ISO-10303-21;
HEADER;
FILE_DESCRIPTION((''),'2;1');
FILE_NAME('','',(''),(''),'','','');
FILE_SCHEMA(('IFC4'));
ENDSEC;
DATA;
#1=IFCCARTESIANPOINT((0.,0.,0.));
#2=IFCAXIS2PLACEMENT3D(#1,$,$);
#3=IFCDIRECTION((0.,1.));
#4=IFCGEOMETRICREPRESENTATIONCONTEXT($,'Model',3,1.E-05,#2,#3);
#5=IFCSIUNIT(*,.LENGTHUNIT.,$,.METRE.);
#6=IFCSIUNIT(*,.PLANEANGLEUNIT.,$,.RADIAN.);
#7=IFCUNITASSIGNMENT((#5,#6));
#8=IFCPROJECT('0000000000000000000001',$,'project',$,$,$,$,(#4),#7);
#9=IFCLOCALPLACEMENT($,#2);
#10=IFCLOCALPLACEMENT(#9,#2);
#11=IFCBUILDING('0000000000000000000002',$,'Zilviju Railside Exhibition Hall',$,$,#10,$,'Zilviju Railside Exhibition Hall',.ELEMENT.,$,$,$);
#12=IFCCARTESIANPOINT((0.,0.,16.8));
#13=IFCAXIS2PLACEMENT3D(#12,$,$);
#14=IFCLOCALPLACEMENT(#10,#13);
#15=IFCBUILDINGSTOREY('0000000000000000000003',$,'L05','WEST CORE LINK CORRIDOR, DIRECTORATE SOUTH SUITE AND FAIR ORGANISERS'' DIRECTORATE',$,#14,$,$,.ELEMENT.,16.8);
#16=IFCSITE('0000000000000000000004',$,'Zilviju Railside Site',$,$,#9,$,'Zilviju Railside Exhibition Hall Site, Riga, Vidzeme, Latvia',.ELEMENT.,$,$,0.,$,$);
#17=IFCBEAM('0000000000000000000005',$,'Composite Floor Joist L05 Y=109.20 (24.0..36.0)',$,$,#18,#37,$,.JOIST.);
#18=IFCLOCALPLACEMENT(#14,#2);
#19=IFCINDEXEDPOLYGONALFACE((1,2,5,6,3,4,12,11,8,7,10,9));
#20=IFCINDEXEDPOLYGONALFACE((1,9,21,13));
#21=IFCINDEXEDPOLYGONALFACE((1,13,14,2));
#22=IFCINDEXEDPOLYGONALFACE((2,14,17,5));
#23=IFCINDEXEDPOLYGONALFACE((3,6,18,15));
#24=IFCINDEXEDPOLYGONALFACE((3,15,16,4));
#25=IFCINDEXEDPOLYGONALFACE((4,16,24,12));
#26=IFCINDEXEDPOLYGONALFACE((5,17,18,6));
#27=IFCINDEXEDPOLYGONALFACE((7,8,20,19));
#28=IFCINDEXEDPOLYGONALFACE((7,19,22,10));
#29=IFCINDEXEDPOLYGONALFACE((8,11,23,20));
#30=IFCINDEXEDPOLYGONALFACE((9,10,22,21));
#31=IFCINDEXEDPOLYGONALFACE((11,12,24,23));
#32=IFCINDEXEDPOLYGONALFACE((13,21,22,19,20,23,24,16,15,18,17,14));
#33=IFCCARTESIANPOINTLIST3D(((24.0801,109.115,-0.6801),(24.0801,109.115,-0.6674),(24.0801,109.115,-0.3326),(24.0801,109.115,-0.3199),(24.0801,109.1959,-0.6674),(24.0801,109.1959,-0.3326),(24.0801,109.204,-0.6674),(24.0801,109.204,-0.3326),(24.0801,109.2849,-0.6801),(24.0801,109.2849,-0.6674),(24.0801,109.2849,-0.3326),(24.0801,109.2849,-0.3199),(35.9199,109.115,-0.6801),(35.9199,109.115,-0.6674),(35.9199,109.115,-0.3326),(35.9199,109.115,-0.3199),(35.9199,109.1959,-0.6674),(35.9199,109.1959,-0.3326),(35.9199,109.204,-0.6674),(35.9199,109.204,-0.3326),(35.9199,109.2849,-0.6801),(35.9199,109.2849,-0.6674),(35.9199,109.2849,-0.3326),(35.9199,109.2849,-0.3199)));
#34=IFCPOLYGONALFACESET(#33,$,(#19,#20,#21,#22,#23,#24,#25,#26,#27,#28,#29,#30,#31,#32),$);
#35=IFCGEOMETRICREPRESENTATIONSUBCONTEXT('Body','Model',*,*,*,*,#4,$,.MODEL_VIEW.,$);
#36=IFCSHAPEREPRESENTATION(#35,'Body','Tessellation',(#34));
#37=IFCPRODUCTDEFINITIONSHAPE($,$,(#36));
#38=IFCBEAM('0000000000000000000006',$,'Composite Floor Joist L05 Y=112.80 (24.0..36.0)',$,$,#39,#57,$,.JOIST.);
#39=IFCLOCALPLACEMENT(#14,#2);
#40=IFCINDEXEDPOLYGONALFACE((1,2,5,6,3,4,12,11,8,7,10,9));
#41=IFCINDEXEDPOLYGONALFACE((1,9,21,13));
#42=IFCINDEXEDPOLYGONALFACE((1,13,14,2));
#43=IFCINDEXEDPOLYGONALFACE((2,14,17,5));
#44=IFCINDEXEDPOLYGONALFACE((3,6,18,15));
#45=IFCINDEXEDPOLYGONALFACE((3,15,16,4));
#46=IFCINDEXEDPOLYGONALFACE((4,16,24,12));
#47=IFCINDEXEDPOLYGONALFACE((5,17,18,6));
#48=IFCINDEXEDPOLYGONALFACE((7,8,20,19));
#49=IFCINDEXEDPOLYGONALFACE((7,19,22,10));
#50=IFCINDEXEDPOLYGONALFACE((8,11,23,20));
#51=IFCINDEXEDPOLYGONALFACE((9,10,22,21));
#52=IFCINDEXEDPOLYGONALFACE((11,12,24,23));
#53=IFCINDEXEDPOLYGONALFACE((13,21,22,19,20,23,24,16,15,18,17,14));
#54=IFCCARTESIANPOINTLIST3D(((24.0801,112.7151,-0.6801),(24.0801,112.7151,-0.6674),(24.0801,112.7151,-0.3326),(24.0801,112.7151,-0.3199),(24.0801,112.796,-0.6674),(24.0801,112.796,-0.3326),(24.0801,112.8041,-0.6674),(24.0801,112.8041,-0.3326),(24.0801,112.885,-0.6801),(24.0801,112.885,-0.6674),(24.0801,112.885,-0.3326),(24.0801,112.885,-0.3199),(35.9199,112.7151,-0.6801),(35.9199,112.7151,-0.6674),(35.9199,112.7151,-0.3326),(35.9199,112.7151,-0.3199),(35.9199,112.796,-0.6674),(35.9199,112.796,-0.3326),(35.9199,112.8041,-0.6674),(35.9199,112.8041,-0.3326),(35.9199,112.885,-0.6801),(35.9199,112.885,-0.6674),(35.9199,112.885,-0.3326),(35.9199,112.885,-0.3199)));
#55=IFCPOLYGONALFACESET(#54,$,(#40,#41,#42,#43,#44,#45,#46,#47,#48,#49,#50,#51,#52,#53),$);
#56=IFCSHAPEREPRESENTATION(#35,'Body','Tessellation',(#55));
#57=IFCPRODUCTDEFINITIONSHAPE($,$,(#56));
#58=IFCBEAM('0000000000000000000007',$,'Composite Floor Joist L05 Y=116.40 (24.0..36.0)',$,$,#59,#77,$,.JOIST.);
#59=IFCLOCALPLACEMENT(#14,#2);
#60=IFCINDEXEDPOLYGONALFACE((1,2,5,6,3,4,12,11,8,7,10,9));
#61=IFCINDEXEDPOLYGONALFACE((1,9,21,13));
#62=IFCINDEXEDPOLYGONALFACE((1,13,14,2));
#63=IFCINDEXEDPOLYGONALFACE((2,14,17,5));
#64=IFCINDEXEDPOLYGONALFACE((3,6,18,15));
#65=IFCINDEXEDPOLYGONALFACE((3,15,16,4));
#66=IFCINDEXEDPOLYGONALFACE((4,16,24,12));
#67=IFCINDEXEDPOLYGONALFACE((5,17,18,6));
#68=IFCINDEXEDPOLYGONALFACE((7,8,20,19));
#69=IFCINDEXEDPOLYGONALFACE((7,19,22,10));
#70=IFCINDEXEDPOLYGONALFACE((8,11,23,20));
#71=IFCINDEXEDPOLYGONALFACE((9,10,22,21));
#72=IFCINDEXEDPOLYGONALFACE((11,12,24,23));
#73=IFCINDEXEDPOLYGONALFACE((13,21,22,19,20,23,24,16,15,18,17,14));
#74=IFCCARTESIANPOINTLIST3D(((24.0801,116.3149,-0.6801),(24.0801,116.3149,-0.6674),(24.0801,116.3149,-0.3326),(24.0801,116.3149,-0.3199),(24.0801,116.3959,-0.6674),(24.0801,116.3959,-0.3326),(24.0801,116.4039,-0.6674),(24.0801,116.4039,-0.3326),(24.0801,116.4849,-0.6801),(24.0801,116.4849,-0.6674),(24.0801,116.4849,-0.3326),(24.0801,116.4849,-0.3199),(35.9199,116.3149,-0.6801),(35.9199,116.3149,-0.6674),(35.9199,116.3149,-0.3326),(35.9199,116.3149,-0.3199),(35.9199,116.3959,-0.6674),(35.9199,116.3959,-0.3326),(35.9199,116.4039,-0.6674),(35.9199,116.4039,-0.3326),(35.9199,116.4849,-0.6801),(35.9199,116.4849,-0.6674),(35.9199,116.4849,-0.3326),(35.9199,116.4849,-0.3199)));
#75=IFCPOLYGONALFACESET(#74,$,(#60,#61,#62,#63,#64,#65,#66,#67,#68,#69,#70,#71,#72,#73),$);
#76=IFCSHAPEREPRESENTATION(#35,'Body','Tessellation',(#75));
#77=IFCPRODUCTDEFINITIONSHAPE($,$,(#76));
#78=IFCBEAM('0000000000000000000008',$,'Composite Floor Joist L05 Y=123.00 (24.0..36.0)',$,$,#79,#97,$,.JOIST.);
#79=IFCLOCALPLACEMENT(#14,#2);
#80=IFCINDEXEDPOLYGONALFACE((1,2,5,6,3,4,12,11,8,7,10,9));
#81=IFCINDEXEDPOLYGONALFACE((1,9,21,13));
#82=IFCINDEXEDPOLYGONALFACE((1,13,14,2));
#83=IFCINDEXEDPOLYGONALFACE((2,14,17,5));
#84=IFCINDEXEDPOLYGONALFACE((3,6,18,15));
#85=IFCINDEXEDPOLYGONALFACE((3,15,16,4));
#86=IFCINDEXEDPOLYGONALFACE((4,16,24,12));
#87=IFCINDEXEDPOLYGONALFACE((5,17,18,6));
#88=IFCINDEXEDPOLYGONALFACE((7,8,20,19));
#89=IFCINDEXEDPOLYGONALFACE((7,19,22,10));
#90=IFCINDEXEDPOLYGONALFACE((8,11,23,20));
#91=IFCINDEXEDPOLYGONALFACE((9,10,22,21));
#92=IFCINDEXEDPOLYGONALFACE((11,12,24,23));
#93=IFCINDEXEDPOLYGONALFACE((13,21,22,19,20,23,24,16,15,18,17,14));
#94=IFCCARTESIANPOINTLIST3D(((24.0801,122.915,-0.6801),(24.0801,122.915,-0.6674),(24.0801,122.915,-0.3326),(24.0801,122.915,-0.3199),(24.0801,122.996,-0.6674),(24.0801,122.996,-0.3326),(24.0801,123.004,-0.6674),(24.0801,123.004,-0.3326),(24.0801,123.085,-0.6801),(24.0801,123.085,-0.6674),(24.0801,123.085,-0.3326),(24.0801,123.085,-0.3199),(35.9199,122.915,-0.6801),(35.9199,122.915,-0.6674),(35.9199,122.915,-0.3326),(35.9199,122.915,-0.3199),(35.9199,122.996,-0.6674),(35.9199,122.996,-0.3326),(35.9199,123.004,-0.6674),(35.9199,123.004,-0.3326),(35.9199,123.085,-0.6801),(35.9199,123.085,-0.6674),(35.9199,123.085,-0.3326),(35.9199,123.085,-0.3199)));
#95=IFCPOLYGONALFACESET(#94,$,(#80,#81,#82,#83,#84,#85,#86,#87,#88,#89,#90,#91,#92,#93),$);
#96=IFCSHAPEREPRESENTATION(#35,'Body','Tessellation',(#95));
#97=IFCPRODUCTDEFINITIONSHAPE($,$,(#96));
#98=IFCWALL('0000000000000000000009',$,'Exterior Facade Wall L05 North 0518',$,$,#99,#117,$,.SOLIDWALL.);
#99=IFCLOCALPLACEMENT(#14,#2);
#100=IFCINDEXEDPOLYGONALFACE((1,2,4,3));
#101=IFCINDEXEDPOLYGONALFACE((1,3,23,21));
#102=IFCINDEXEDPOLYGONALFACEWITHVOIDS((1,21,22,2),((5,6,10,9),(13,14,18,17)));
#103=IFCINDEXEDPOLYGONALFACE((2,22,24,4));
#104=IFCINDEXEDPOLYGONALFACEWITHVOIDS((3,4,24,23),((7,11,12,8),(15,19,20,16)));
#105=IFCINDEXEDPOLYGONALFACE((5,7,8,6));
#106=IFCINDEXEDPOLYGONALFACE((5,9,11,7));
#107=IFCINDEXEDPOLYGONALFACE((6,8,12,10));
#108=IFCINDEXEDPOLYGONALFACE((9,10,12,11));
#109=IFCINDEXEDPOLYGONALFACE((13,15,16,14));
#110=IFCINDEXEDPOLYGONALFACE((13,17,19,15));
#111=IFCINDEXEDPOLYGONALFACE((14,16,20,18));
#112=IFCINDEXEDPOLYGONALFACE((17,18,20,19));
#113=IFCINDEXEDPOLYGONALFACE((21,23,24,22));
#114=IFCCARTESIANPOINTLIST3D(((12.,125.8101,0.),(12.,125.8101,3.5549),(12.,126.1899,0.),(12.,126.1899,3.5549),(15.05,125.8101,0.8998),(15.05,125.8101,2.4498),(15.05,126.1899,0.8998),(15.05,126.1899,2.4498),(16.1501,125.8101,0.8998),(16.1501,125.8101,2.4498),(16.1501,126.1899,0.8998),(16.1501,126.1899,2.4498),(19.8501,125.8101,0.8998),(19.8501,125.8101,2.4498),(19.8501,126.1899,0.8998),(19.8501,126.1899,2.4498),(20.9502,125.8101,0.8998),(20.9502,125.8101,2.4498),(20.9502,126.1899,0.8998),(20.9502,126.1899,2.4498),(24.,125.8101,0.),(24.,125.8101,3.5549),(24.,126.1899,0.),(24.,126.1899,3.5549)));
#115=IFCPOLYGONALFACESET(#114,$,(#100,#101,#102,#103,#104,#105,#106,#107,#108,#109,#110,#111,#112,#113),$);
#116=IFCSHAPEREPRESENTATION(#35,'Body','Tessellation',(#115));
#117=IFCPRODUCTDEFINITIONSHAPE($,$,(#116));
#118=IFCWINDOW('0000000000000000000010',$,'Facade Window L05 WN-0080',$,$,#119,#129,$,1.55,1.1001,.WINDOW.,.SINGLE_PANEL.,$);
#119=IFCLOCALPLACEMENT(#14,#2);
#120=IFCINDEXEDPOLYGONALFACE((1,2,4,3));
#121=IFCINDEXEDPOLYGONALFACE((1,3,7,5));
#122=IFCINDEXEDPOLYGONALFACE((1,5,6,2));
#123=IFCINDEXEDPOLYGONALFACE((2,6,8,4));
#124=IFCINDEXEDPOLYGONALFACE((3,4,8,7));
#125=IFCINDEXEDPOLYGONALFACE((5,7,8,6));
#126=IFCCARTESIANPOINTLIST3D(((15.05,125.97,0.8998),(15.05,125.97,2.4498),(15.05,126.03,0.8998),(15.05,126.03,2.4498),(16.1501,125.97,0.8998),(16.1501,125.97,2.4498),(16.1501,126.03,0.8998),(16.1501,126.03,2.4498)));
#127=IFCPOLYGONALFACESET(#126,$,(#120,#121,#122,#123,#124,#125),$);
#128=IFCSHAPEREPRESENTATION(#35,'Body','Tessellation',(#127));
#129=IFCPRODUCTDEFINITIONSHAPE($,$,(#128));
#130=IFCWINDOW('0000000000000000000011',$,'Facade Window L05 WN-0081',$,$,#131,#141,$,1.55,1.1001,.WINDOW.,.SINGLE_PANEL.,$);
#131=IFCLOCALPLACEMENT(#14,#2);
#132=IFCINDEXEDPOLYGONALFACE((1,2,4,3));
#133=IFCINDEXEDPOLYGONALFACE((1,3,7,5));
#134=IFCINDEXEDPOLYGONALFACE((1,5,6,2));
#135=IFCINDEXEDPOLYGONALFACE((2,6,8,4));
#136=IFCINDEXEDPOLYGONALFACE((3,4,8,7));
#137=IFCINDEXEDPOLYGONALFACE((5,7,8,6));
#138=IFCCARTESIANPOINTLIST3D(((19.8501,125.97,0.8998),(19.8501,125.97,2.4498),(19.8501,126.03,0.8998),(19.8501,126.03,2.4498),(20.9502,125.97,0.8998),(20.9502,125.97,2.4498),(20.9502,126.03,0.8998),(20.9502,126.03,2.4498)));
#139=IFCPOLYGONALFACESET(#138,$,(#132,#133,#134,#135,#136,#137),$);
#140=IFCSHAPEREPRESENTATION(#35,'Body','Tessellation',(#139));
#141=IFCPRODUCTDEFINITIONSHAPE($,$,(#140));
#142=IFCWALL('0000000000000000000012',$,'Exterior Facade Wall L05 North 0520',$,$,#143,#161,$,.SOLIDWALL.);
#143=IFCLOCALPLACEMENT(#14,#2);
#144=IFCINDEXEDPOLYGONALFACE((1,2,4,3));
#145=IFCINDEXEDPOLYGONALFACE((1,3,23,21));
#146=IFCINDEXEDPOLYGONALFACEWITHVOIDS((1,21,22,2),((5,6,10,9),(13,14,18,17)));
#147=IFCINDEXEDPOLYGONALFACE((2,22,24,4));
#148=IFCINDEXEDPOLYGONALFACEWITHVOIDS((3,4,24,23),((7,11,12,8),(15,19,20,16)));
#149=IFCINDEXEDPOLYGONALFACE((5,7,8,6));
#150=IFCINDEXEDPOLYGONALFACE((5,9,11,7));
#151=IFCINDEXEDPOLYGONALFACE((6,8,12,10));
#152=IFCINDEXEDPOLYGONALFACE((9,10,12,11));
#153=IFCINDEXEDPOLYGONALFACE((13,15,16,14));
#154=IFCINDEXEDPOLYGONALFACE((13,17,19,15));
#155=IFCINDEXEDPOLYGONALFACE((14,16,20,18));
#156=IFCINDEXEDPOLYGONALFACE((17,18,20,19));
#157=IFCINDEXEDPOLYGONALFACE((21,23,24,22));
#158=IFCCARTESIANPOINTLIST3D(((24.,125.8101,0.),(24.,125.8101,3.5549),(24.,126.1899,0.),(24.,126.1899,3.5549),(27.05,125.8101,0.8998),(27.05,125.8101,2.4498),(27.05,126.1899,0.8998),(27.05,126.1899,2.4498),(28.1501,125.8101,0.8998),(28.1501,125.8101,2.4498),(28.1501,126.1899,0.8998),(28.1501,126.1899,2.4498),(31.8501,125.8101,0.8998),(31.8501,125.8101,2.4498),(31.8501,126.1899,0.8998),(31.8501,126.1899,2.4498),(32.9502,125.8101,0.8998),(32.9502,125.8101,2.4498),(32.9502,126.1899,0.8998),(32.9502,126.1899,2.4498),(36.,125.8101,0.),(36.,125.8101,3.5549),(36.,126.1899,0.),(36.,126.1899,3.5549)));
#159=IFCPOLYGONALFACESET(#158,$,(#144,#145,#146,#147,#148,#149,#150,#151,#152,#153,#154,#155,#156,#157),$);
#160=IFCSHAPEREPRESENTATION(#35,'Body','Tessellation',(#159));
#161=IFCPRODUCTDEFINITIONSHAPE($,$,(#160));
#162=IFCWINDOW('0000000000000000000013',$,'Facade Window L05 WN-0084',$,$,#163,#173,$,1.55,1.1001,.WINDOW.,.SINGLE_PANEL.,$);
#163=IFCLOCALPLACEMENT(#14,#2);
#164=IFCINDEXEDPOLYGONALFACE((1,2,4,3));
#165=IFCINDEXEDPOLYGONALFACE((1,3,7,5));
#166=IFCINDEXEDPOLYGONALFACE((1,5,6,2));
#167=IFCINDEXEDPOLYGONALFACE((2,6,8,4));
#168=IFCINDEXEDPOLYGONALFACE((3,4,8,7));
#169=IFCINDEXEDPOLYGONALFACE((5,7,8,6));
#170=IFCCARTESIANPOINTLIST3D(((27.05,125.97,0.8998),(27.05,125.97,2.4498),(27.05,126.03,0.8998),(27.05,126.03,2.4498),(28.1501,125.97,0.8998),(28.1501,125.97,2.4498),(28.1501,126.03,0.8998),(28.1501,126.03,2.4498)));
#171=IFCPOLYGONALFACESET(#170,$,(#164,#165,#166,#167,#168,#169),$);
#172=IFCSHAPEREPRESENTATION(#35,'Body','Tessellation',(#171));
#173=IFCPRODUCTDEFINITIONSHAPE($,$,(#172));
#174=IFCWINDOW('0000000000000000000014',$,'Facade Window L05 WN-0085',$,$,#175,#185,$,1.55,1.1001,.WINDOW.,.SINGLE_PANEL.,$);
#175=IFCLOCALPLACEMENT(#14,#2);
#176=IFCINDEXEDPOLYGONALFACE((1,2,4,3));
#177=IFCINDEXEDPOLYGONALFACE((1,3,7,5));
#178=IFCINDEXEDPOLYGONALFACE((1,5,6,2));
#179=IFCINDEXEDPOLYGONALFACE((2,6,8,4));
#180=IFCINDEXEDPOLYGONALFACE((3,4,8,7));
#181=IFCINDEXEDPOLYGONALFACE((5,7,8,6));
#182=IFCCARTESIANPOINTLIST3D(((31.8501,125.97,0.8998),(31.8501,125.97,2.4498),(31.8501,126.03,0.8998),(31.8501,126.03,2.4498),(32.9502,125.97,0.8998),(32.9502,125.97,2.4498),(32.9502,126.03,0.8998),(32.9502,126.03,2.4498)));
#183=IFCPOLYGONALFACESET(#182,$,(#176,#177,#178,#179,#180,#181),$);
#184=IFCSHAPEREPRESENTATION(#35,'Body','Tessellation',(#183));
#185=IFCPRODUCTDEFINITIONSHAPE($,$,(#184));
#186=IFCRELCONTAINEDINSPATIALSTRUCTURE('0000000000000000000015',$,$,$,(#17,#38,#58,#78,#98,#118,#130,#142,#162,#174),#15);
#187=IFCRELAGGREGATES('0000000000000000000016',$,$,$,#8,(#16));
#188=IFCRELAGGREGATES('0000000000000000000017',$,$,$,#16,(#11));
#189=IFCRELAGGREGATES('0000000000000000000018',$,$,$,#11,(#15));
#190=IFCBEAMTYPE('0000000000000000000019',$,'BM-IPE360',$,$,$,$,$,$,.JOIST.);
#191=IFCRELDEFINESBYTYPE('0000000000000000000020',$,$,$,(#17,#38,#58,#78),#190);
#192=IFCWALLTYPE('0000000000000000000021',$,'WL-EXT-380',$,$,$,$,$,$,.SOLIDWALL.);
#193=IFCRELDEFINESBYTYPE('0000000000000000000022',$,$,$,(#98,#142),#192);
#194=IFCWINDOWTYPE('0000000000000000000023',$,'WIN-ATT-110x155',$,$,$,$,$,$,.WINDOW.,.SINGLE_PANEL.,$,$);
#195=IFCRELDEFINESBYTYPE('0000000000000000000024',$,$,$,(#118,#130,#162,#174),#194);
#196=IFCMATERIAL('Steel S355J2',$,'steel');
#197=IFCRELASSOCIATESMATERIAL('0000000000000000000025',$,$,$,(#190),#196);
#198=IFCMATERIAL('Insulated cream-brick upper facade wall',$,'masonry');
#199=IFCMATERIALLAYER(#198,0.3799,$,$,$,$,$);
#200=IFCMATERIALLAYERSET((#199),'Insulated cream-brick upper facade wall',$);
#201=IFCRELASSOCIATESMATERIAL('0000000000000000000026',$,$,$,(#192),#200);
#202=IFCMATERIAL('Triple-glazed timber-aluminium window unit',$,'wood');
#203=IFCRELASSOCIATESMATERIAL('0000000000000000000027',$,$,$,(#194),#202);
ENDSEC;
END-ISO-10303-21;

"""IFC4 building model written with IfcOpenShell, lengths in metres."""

from ifc_helpers import new_model, si_unit, direction, frame, frame_2d, origin, origin_2d, place, context, subcontext, project, spatial, rectangle, i_section, extrude, material, layer, layer_set, material_profile, profile_set, type_object, element, fill, save


model = new_model("IFC4")

# Units and contexts
model_context = context("Model", 3, precision=1e-05, world=origin(), true_north=direction((0.0, 1.0)))
body_context = subcontext(model_context, "Body", "Model", "MODEL_VIEW")
ifc_project = project(units=[si_unit("LENGTHUNIT", "METRE"), si_unit("PLANEANGLEUNIT", "RADIAN")], contexts=[model_context])

# Site, building, storey
site_placement = place(None, origin())
site = spatial("IfcSite", under=ifc_project, at=site_placement, Name="Zilviju Railside Site", LongName="Zilviju Railside Exhibition Hall Site, Riga, Vidzeme, Latvia", CompositionType="ELEMENT", RefElevation=0.0)
building_placement = place(site_placement, origin())
building = spatial("IfcBuilding", under=site, at=building_placement, Name="Zilviju Railside Exhibition Hall", LongName="Zilviju Railside Exhibition Hall", CompositionType="ELEMENT")
storey_placement = place(building_placement, frame((0.0, 0.0, 16.8)))
storey = spatial("IfcBuildingStorey", under=building, at=storey_placement, Name="L05", Description="WEST CORE LINK CORRIDOR, DIRECTORATE SOUTH SUITE AND FAIR ORGANISERS' DIRECTORATE", CompositionType="ELEMENT", Elevation=16.8)

# Beams
ifc_material_1 = material(Name="Steel S355J2", Category="steel")
ifc_material_profile_1 = material_profile(ifc_material_1, i_section(OverallWidth=0.1699, OverallDepth=0.3601, WebThickness=0.0081, FlangeThickness=0.0127, at=origin_2d()), Name="IPE 360")
ifc_profile_set_1 = profile_set([ifc_material_profile_1], Name="Steel S355J2")
beam_type_1 = type_object("IfcBeamType", Name="BM-IPE360", PredefinedType="JOIST", material=ifc_profile_set_1)
for number, where, z_axis, x_axis, name in (
    (1, (24.0801, 109.2, -0.5), (1.0, 0.0, 0.0), (0.0, 1.0, 0.0), "Composite Floor Joist L05 Y=109.20 (24.0..36.0)"),
    (2, (24.0801, 112.8, -0.5), (1.0, 0.0, 0.0), (0.0, 1.0, 0.0), "Composite Floor Joist L05 Y=112.80 (24.0..36.0)"),
    (3, (24.0801, 116.3999, -0.5), (1.0, 0.0, 0.0), (0.0, 1.0, 0.0), "Composite Floor Joist L05 Y=116.40 (24.0..36.0)"),
    (4, (24.0801, 123.0, -0.5), (1.0, 0.0, 0.0), (0.0, 1.0, 0.0), "Composite Floor Joist L05 Y=123.00 (24.0..36.0)"),
):
    element("IfcBeam", number, at=place(storey_placement, frame(where, z_axis=z_axis, x_axis=x_axis)), inside=storey, type_object=beam_type_1, Name=name, PredefinedType="JOIST", context=body_context, shape_type="SweptSolid", body=[
        extrude(i_section(OverallWidth=0.1699, OverallDepth=0.3601, WebThickness=0.0081, FlangeThickness=0.0127, at=origin_2d()), origin(), (0.0, 0.0, 1.0), 11.8398),
    ])

# Walls, openings, windows
ifc_material_2 = material(Name="Insulated cream-brick upper facade wall", Category="masonry")
ifc_layer_1 = layer(ifc_material_2, 0.3799)
ifc_layer_set_1 = layer_set([ifc_layer_1], Name="Insulated cream-brick upper facade wall")
wall_type_1 = type_object("IfcWallType", Name="WL-EXT-380", PredefinedType="SOLIDWALL", material=ifc_layer_set_1)
wall_1_placement = place(storey_placement, frame((12.0, 126.0, 0.0), z_axis=(0.0, 0.0, 1.0), x_axis=(1.0, 0.0, 0.0)))
wall_1 = element("IfcWall", 5, at=wall_1_placement, inside=storey, type_object=wall_type_1, Name="Exterior Facade Wall L05 North 0518", PredefinedType="SOLIDWALL", context=body_context, shape_type="SweptSolid", body=[
    extrude(rectangle(XDim=12.0, YDim=0.3799, at=frame_2d((6.0, 0.0))), origin(), (0.0, 0.0, 1.0), 3.5549),
])
opening_1_placement = place(wall_1_placement, frame((3.05, 0.0, 0.8999)))
opening_1 = element("IfcOpeningElement", 6, at=opening_1_placement, cuts=wall_1, PredefinedType="OPENING", context=body_context, shape_type="SweptSolid", body=[
    extrude(rectangle(XDim=1.1001, YDim=1.55, at=frame_2d((0.55, 0.7749))), frame((0.0, 0.2, 0.0), z_axis=(0.0, -1.0, 0.0), x_axis=(1.0, 0.0, 0.0)), (0.0, 0.0, 1.0), 0.3999),
])
opening_2_placement = place(wall_1_placement, frame((7.8501, 0.0, 0.8999)))
opening_2 = element("IfcOpeningElement", 7, at=opening_2_placement, cuts=wall_1, PredefinedType="OPENING", context=body_context, shape_type="SweptSolid", body=[
    extrude(rectangle(XDim=1.1001, YDim=1.55, at=frame_2d((0.55, 0.7749))), frame((0.0, 0.2, 0.0), z_axis=(0.0, -1.0, 0.0), x_axis=(1.0, 0.0, 0.0)), (0.0, 0.0, 1.0), 0.3999),
])
ifc_material_3 = material(Name="Triple-glazed timber-aluminium window unit", Category="wood")
window_type = type_object("IfcWindowType", Name="WIN-ATT-110x155", PartitioningType="SINGLE_PANEL", PredefinedType="WINDOW", material=ifc_material_3)
window_1_placement = place(opening_1_placement, origin())
window_1 = element("IfcWindow", 8, at=window_1_placement, inside=storey, type_object=window_type, Name="Facade Window L05 WN-0080", OverallHeight=1.55, OverallWidth=1.1001, PartitioningType="SINGLE_PANEL", PredefinedType="WINDOW", context=body_context, shape_type="SweptSolid", body=[
    extrude(rectangle(XDim=1.1001, YDim=1.55, at=frame_2d((0.55, 0.7749))), frame((0.0, 0.03, 0.0), z_axis=(0.0, -1.0, 0.0), x_axis=(1.0, 0.0, 0.0)), (0.0, 0.0, 1.0), 0.0601),
])
fill(opening_1, window_1)
window_2_placement = place(opening_2_placement, origin())
window_2 = element("IfcWindow", 9, at=window_2_placement, inside=storey, type_object=window_type, Name="Facade Window L05 WN-0081", OverallHeight=1.55, OverallWidth=1.1001, PartitioningType="SINGLE_PANEL", PredefinedType="WINDOW", context=body_context, shape_type="SweptSolid", body=[
    extrude(rectangle(XDim=1.1001, YDim=1.55, at=frame_2d((0.55, 0.7749))), frame((0.0, 0.03, 0.0), z_axis=(0.0, -1.0, 0.0), x_axis=(1.0, 0.0, 0.0)), (0.0, 0.0, 1.0), 0.0601),
])
fill(opening_2, window_2)
wall_2_placement = place(storey_placement, frame((24.0, 126.0, 0.0), z_axis=(0.0, 0.0, 1.0), x_axis=(1.0, 0.0, 0.0)))
wall_2 = element("IfcWall", 10, at=wall_2_placement, inside=storey, type_object=wall_type_1, Name="Exterior Facade Wall L05 North 0520", PredefinedType="SOLIDWALL", context=body_context, shape_type="SweptSolid", body=[
    extrude(rectangle(XDim=12.0, YDim=0.3799, at=frame_2d((6.0, 0.0))), origin(), (0.0, 0.0, 1.0), 3.5549),
])
opening_3_placement = place(wall_2_placement, frame((3.05, 0.0, 0.8999)))
opening_3 = element("IfcOpeningElement", 11, at=opening_3_placement, cuts=wall_2, PredefinedType="OPENING", context=body_context, shape_type="SweptSolid", body=[
    extrude(rectangle(XDim=1.1001, YDim=1.55, at=frame_2d((0.55, 0.7749))), frame((0.0, 0.2, 0.0), z_axis=(0.0, -1.0, 0.0), x_axis=(1.0, 0.0, 0.0)), (0.0, 0.0, 1.0), 0.3999),
])
opening_4_placement = place(wall_2_placement, frame((7.8501, 0.0, 0.8999)))
opening_4 = element("IfcOpeningElement", 12, at=opening_4_placement, cuts=wall_2, PredefinedType="OPENING", context=body_context, shape_type="SweptSolid", body=[
    extrude(rectangle(XDim=1.1001, YDim=1.55, at=frame_2d((0.55, 0.7749))), frame((0.0, 0.2, 0.0), z_axis=(0.0, -1.0, 0.0), x_axis=(1.0, 0.0, 0.0)), (0.0, 0.0, 1.0), 0.3999),
])
window_3_placement = place(opening_3_placement, origin())
window_3 = element("IfcWindow", 13, at=window_3_placement, inside=storey, type_object=window_type, Name="Facade Window L05 WN-0084", OverallHeight=1.55, OverallWidth=1.1001, PartitioningType="SINGLE_PANEL", PredefinedType="WINDOW", context=body_context, shape_type="SweptSolid", body=[
    extrude(rectangle(XDim=1.1001, YDim=1.55, at=frame_2d((0.55, 0.7749))), frame((0.0, 0.03, 0.0), z_axis=(0.0, -1.0, 0.0), x_axis=(1.0, 0.0, 0.0)), (0.0, 0.0, 1.0), 0.0601),
])
fill(opening_3, window_3)
window_4_placement = place(opening_4_placement, origin())
window_4 = element("IfcWindow", 14, at=window_4_placement, inside=storey, type_object=window_type, Name="Facade Window L05 WN-0085", OverallHeight=1.55, OverallWidth=1.1001, PartitioningType="SINGLE_PANEL", PredefinedType="WINDOW", context=body_context, shape_type="SweptSolid", body=[
    extrude(rectangle(XDim=1.1001, YDim=1.55, at=frame_2d((0.55, 0.7749))), frame((0.0, 0.03, 0.0), z_axis=(0.0, -1.0, 0.0), x_axis=(1.0, 0.0, 0.0)), (0.0, 0.0, 1.0), 0.0601),
])
fill(opening_4, window_4)

save(model, "model.ifc")
